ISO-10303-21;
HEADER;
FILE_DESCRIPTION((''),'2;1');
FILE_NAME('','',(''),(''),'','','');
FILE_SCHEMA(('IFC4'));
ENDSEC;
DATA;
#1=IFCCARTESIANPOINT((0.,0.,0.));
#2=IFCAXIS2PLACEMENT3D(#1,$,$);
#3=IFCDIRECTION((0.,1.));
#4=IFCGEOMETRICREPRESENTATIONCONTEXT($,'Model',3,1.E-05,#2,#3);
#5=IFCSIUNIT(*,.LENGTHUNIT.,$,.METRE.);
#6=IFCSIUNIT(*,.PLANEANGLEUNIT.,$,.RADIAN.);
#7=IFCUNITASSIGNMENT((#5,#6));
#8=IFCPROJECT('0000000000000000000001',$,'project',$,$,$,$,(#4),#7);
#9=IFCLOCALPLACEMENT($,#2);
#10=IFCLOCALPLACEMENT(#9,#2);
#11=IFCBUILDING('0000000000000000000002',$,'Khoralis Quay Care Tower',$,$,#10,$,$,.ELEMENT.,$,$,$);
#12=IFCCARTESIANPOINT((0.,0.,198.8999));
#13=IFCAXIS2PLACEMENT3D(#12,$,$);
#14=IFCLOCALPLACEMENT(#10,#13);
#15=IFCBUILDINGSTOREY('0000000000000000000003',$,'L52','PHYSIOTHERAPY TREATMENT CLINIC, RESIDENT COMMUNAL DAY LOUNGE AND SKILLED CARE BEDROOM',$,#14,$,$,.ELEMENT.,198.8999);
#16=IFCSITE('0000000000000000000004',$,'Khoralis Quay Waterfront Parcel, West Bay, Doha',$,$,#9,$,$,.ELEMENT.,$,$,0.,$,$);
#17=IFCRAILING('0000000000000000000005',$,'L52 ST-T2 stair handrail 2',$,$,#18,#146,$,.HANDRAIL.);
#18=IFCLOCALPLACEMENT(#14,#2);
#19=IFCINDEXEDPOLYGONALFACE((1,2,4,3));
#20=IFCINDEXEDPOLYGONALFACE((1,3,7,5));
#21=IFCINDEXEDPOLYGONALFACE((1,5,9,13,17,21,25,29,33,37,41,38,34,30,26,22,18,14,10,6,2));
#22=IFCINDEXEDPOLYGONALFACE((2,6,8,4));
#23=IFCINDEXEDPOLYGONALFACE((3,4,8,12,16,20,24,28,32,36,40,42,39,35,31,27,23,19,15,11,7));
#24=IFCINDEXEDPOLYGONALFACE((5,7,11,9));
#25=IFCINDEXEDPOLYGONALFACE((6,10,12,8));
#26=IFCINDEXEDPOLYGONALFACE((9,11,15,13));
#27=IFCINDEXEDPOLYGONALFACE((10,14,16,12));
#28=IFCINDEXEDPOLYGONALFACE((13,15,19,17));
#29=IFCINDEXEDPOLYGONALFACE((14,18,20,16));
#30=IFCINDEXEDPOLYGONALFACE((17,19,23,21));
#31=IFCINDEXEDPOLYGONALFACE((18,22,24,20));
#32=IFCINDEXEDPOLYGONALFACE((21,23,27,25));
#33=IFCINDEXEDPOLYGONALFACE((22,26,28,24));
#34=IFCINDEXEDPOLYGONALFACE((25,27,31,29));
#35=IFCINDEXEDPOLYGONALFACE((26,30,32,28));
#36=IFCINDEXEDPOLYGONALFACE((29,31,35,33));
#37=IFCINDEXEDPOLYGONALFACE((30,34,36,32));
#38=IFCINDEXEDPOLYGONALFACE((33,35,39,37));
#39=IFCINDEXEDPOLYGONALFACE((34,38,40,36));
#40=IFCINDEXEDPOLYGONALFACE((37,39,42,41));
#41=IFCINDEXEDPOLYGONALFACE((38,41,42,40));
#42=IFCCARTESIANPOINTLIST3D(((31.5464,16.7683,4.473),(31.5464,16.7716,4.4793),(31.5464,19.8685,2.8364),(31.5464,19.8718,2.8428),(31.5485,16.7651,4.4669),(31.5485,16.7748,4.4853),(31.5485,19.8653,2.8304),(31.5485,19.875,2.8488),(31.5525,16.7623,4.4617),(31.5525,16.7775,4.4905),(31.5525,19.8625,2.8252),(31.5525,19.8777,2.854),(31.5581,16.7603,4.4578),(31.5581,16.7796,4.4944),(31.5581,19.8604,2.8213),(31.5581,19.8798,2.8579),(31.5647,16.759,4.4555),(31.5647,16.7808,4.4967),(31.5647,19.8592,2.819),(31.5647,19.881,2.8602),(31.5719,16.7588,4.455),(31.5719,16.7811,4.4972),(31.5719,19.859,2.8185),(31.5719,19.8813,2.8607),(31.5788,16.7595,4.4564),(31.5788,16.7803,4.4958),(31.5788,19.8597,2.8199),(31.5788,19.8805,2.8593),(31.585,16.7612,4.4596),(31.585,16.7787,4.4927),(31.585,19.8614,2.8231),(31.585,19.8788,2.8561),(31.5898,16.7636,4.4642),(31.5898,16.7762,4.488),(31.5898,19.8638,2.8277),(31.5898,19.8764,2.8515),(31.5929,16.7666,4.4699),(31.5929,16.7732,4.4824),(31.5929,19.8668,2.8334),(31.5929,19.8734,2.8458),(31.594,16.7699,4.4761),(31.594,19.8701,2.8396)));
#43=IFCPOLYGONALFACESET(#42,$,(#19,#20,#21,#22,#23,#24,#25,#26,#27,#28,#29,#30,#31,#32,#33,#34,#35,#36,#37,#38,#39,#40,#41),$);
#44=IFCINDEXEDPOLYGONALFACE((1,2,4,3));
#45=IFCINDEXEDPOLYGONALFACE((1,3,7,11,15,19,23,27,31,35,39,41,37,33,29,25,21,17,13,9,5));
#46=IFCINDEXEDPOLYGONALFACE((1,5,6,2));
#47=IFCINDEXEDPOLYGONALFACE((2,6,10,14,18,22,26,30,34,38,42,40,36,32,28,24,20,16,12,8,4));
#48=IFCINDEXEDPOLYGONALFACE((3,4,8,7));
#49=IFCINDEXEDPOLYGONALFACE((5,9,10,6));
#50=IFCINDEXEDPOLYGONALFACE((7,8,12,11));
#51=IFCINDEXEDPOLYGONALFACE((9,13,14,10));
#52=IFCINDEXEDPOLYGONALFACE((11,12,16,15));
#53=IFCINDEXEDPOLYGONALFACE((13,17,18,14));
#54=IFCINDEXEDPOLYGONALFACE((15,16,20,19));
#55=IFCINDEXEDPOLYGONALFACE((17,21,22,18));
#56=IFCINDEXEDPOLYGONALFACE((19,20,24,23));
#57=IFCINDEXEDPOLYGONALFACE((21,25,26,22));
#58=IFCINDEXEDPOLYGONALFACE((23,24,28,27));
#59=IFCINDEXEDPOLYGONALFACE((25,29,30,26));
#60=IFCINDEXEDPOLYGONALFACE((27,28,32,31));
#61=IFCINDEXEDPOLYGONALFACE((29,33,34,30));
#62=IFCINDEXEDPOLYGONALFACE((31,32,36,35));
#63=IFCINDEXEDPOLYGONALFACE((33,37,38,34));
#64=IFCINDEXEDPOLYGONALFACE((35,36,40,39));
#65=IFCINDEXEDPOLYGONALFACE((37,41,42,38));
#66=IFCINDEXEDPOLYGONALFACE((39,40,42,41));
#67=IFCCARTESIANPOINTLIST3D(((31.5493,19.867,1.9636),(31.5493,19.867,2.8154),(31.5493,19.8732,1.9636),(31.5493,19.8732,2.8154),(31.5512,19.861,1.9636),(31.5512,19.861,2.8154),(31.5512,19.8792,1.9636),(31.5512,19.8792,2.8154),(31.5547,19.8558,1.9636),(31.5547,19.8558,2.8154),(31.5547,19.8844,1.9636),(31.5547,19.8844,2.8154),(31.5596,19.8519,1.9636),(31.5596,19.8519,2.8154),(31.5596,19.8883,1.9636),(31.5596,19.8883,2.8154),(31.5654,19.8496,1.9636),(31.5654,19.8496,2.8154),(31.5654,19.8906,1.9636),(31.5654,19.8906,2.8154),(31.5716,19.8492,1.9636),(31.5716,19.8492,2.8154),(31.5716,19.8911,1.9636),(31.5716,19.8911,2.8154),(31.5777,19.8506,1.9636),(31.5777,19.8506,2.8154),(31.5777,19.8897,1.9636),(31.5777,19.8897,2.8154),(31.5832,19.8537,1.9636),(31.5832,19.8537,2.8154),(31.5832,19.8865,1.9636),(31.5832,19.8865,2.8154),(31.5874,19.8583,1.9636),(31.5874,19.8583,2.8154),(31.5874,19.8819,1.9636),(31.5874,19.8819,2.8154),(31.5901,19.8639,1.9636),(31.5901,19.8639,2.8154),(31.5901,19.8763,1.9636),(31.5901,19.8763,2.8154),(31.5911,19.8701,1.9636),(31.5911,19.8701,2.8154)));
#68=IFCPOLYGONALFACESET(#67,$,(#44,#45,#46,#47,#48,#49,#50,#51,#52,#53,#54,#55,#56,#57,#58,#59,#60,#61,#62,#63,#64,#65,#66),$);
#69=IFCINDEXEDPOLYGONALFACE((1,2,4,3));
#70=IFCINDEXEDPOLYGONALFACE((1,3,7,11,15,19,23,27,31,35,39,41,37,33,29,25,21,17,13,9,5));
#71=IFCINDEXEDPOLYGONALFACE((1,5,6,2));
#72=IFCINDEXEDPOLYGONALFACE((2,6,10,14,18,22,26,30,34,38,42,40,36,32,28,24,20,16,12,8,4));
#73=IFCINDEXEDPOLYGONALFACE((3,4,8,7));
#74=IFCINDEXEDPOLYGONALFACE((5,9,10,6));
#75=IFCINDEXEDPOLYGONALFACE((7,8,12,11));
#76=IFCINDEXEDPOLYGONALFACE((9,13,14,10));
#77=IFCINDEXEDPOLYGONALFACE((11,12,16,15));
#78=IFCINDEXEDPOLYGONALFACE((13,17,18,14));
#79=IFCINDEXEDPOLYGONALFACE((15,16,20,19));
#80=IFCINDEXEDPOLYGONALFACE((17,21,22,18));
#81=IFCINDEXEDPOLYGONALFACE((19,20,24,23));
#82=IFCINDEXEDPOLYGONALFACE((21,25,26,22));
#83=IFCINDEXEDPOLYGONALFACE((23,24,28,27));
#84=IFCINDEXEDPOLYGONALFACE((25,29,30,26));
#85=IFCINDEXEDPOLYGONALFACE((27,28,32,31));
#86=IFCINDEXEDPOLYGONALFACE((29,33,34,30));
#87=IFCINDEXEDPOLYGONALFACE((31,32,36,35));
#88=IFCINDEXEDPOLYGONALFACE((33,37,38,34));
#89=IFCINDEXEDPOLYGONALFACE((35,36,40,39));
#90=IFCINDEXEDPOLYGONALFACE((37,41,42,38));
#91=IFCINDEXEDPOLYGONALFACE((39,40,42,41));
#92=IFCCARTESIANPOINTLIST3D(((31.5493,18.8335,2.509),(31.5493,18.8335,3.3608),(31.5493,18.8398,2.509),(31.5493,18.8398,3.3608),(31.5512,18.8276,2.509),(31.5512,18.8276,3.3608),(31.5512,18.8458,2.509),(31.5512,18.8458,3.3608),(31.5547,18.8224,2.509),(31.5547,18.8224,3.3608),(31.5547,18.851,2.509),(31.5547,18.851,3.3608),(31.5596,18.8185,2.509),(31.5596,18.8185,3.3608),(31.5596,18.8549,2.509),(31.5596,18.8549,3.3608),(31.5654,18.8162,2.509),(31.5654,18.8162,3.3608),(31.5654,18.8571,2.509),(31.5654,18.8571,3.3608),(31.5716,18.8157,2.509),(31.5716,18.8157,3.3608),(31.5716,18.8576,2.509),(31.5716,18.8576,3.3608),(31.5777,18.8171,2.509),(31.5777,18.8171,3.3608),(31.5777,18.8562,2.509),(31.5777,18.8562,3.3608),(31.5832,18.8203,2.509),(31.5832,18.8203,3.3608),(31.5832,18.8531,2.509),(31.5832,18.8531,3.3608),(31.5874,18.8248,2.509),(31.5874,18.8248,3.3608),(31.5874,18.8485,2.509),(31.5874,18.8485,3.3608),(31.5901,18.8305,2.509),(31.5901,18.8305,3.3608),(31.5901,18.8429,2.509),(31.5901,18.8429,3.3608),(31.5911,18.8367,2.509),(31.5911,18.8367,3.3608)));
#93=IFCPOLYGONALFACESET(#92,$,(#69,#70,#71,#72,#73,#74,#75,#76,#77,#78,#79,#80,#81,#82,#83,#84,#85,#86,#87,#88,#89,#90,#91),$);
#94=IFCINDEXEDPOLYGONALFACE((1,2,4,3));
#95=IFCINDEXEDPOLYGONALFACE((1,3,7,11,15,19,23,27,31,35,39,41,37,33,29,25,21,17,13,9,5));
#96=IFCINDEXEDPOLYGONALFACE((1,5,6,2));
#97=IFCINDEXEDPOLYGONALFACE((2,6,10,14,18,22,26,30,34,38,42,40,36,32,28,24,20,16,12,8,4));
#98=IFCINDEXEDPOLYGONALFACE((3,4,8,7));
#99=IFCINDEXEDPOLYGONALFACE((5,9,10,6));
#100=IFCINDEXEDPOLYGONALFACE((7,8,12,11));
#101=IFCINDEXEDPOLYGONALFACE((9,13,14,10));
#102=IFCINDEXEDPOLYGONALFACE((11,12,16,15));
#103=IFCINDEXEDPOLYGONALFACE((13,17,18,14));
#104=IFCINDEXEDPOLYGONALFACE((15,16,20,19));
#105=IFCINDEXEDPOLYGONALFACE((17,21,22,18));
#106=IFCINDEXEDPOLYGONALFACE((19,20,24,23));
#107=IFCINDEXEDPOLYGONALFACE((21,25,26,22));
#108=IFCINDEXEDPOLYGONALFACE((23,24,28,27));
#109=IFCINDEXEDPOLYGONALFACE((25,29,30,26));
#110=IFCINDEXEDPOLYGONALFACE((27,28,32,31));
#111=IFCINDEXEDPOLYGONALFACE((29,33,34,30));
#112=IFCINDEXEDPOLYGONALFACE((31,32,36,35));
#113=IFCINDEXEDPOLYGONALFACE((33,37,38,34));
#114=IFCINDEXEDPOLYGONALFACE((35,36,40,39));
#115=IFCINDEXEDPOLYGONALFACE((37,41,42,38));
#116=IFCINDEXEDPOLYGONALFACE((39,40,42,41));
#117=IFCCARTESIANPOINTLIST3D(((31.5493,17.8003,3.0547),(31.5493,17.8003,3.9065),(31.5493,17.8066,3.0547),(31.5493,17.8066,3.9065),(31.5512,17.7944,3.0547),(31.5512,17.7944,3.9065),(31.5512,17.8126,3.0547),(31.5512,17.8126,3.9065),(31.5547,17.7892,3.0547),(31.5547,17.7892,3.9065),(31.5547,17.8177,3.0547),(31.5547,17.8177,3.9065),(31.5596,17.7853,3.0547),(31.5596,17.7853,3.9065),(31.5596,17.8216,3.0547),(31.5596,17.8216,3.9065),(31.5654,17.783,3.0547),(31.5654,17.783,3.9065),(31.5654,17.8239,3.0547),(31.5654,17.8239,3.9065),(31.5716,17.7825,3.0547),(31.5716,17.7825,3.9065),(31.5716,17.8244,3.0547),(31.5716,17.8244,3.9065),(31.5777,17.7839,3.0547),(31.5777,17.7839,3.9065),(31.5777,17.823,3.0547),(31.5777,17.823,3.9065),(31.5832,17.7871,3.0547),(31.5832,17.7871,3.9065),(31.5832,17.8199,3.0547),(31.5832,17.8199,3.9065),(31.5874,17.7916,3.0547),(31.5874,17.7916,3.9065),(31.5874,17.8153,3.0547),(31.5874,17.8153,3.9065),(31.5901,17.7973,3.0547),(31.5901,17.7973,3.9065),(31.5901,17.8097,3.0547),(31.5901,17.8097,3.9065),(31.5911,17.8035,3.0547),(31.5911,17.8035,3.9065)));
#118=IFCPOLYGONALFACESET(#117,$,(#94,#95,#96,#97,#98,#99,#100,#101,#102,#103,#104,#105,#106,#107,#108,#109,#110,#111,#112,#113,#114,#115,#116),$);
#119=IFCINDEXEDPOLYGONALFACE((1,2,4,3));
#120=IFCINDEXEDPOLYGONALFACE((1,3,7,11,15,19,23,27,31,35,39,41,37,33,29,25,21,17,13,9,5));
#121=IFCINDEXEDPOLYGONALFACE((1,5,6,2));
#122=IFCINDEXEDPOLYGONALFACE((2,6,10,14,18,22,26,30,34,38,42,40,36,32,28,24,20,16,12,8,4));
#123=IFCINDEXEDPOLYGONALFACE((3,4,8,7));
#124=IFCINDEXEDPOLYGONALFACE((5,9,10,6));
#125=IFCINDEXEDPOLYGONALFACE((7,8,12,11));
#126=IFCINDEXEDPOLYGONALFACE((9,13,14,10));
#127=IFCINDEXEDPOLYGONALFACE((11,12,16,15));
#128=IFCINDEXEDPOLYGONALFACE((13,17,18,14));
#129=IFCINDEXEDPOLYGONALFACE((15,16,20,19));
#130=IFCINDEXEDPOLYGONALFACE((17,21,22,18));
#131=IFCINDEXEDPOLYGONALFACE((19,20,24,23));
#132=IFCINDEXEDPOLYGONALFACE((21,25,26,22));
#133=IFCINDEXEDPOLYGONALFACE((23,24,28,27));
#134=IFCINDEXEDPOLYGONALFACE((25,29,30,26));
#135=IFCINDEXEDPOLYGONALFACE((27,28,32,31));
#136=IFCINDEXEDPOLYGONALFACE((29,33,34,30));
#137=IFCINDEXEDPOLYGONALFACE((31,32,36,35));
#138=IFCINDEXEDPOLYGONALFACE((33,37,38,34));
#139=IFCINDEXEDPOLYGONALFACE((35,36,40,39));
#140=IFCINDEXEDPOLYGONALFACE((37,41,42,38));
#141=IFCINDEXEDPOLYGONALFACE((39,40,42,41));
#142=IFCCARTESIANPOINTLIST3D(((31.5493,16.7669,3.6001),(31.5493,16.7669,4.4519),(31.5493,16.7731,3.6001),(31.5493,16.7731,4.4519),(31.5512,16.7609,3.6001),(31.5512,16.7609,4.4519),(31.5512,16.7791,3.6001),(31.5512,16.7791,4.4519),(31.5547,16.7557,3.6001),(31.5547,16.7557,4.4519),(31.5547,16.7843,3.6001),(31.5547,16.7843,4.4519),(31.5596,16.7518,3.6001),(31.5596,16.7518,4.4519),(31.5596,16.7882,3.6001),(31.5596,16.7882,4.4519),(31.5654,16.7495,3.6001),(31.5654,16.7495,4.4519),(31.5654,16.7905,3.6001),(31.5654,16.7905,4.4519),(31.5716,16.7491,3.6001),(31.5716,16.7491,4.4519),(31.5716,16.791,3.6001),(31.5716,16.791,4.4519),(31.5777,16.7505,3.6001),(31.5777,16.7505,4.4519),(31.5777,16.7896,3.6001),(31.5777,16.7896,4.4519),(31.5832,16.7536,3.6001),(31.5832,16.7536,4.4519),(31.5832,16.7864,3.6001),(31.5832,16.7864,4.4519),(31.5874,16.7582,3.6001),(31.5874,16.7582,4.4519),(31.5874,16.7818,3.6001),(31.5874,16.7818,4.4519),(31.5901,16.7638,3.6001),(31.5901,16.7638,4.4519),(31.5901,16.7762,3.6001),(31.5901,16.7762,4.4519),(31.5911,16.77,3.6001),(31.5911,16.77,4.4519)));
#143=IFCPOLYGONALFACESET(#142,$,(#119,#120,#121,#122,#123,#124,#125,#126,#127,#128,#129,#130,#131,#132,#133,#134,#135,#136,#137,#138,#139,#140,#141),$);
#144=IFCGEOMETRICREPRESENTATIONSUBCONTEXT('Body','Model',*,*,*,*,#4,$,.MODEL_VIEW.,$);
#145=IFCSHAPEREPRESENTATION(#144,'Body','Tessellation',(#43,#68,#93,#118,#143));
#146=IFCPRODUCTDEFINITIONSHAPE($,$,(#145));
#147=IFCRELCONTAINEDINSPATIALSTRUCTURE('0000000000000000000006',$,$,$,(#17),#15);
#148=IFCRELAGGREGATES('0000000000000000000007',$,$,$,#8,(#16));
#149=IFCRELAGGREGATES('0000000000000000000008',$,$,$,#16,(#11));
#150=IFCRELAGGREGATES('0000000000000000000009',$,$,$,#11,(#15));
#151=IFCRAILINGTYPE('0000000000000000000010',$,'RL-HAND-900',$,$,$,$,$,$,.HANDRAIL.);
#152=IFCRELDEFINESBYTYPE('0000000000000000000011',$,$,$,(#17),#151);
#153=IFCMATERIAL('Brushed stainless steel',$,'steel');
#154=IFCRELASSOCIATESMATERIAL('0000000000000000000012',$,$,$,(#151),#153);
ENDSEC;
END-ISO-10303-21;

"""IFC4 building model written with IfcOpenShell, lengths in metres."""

from ifc_helpers import new_model, si_unit, direction, frame, origin, origin_2d, place, context, subcontext, project, spatial, circle, extrude, material, type_object, element, save


model = new_model("IFC4")

# Units and contexts
model_context = context("Model", 3, precision=1e-05, world=origin(), true_north=direction((0.0, 1.0)))
body_context = subcontext(model_context, "Body", "Model", "MODEL_VIEW")
ifc_project = project(units=[si_unit("LENGTHUNIT", "METRE"), si_unit("PLANEANGLEUNIT", "RADIAN")], contexts=[model_context])

# Site, building, storey
site_placement = place(None, origin())
site = spatial("IfcSite", under=ifc_project, at=site_placement, Name="Khoralis Quay Waterfront Parcel, West Bay, Doha", CompositionType="ELEMENT", RefElevation=0.0)
building_placement = place(site_placement, origin())
building = spatial("IfcBuilding", under=site, at=building_placement, Name="Khoralis Quay Care Tower", CompositionType="ELEMENT")
storey_placement = place(building_placement, frame((0.0, 0.0, 198.8999)))
storey = spatial("IfcBuildingStorey", under=building, at=storey_placement, Name="L52", Description="PHYSIOTHERAPY TREATMENT CLINIC, RESIDENT COMMUNAL DAY LOUNGE AND SKILLED CARE BEDROOM", CompositionType="ELEMENT", Elevation=198.8999)

# Railing
ifc_material_1 = material(Name="Brushed stainless steel", Category="steel")
railing_type_1 = type_object("IfcRailingType", Name="RL-HAND-900", PredefinedType="HANDRAIL", material=ifc_material_1)
railing_1_placement = place(storey_placement, frame((31.5701, 19.8701, 1.9636)))
element("IfcRailing", 1, at=railing_1_placement, inside=storey, type_object=railing_type_1, Name="L52 ST-T2 stair handrail 2", PredefinedType="HANDRAIL", context=body_context, shape_type="SweptSolid", body=[
    extrude(circle(Radius=0.0239, at=origin_2d()), frame((0.0, 0.0, 0.876), z_axis=(0.0, -0.884348, 0.466828), x_axis=(1.0, 0.0, 0.0)), (0.0, 0.0, 1.0), 3.5056),
    extrude(circle(Radius=0.021, at=origin_2d()), origin(), (0.0, 0.0, 1.0), 0.8518),
    extrude(circle(Radius=0.021, at=origin_2d()), frame((0.0, -1.0334, 0.5454)), (0.0, 0.0, 1.0), 0.8518),
    extrude(circle(Radius=0.021, at=origin_2d()), frame((0.0, -2.0667, 1.0911)), (0.0, 0.0, 1.0), 0.8518),
    extrude(circle(Radius=0.021, at=origin_2d()), frame((0.0, -3.1001, 1.6365)), (0.0, 0.0, 1.0), 0.8518),
])

save(model, "model.ifc")
